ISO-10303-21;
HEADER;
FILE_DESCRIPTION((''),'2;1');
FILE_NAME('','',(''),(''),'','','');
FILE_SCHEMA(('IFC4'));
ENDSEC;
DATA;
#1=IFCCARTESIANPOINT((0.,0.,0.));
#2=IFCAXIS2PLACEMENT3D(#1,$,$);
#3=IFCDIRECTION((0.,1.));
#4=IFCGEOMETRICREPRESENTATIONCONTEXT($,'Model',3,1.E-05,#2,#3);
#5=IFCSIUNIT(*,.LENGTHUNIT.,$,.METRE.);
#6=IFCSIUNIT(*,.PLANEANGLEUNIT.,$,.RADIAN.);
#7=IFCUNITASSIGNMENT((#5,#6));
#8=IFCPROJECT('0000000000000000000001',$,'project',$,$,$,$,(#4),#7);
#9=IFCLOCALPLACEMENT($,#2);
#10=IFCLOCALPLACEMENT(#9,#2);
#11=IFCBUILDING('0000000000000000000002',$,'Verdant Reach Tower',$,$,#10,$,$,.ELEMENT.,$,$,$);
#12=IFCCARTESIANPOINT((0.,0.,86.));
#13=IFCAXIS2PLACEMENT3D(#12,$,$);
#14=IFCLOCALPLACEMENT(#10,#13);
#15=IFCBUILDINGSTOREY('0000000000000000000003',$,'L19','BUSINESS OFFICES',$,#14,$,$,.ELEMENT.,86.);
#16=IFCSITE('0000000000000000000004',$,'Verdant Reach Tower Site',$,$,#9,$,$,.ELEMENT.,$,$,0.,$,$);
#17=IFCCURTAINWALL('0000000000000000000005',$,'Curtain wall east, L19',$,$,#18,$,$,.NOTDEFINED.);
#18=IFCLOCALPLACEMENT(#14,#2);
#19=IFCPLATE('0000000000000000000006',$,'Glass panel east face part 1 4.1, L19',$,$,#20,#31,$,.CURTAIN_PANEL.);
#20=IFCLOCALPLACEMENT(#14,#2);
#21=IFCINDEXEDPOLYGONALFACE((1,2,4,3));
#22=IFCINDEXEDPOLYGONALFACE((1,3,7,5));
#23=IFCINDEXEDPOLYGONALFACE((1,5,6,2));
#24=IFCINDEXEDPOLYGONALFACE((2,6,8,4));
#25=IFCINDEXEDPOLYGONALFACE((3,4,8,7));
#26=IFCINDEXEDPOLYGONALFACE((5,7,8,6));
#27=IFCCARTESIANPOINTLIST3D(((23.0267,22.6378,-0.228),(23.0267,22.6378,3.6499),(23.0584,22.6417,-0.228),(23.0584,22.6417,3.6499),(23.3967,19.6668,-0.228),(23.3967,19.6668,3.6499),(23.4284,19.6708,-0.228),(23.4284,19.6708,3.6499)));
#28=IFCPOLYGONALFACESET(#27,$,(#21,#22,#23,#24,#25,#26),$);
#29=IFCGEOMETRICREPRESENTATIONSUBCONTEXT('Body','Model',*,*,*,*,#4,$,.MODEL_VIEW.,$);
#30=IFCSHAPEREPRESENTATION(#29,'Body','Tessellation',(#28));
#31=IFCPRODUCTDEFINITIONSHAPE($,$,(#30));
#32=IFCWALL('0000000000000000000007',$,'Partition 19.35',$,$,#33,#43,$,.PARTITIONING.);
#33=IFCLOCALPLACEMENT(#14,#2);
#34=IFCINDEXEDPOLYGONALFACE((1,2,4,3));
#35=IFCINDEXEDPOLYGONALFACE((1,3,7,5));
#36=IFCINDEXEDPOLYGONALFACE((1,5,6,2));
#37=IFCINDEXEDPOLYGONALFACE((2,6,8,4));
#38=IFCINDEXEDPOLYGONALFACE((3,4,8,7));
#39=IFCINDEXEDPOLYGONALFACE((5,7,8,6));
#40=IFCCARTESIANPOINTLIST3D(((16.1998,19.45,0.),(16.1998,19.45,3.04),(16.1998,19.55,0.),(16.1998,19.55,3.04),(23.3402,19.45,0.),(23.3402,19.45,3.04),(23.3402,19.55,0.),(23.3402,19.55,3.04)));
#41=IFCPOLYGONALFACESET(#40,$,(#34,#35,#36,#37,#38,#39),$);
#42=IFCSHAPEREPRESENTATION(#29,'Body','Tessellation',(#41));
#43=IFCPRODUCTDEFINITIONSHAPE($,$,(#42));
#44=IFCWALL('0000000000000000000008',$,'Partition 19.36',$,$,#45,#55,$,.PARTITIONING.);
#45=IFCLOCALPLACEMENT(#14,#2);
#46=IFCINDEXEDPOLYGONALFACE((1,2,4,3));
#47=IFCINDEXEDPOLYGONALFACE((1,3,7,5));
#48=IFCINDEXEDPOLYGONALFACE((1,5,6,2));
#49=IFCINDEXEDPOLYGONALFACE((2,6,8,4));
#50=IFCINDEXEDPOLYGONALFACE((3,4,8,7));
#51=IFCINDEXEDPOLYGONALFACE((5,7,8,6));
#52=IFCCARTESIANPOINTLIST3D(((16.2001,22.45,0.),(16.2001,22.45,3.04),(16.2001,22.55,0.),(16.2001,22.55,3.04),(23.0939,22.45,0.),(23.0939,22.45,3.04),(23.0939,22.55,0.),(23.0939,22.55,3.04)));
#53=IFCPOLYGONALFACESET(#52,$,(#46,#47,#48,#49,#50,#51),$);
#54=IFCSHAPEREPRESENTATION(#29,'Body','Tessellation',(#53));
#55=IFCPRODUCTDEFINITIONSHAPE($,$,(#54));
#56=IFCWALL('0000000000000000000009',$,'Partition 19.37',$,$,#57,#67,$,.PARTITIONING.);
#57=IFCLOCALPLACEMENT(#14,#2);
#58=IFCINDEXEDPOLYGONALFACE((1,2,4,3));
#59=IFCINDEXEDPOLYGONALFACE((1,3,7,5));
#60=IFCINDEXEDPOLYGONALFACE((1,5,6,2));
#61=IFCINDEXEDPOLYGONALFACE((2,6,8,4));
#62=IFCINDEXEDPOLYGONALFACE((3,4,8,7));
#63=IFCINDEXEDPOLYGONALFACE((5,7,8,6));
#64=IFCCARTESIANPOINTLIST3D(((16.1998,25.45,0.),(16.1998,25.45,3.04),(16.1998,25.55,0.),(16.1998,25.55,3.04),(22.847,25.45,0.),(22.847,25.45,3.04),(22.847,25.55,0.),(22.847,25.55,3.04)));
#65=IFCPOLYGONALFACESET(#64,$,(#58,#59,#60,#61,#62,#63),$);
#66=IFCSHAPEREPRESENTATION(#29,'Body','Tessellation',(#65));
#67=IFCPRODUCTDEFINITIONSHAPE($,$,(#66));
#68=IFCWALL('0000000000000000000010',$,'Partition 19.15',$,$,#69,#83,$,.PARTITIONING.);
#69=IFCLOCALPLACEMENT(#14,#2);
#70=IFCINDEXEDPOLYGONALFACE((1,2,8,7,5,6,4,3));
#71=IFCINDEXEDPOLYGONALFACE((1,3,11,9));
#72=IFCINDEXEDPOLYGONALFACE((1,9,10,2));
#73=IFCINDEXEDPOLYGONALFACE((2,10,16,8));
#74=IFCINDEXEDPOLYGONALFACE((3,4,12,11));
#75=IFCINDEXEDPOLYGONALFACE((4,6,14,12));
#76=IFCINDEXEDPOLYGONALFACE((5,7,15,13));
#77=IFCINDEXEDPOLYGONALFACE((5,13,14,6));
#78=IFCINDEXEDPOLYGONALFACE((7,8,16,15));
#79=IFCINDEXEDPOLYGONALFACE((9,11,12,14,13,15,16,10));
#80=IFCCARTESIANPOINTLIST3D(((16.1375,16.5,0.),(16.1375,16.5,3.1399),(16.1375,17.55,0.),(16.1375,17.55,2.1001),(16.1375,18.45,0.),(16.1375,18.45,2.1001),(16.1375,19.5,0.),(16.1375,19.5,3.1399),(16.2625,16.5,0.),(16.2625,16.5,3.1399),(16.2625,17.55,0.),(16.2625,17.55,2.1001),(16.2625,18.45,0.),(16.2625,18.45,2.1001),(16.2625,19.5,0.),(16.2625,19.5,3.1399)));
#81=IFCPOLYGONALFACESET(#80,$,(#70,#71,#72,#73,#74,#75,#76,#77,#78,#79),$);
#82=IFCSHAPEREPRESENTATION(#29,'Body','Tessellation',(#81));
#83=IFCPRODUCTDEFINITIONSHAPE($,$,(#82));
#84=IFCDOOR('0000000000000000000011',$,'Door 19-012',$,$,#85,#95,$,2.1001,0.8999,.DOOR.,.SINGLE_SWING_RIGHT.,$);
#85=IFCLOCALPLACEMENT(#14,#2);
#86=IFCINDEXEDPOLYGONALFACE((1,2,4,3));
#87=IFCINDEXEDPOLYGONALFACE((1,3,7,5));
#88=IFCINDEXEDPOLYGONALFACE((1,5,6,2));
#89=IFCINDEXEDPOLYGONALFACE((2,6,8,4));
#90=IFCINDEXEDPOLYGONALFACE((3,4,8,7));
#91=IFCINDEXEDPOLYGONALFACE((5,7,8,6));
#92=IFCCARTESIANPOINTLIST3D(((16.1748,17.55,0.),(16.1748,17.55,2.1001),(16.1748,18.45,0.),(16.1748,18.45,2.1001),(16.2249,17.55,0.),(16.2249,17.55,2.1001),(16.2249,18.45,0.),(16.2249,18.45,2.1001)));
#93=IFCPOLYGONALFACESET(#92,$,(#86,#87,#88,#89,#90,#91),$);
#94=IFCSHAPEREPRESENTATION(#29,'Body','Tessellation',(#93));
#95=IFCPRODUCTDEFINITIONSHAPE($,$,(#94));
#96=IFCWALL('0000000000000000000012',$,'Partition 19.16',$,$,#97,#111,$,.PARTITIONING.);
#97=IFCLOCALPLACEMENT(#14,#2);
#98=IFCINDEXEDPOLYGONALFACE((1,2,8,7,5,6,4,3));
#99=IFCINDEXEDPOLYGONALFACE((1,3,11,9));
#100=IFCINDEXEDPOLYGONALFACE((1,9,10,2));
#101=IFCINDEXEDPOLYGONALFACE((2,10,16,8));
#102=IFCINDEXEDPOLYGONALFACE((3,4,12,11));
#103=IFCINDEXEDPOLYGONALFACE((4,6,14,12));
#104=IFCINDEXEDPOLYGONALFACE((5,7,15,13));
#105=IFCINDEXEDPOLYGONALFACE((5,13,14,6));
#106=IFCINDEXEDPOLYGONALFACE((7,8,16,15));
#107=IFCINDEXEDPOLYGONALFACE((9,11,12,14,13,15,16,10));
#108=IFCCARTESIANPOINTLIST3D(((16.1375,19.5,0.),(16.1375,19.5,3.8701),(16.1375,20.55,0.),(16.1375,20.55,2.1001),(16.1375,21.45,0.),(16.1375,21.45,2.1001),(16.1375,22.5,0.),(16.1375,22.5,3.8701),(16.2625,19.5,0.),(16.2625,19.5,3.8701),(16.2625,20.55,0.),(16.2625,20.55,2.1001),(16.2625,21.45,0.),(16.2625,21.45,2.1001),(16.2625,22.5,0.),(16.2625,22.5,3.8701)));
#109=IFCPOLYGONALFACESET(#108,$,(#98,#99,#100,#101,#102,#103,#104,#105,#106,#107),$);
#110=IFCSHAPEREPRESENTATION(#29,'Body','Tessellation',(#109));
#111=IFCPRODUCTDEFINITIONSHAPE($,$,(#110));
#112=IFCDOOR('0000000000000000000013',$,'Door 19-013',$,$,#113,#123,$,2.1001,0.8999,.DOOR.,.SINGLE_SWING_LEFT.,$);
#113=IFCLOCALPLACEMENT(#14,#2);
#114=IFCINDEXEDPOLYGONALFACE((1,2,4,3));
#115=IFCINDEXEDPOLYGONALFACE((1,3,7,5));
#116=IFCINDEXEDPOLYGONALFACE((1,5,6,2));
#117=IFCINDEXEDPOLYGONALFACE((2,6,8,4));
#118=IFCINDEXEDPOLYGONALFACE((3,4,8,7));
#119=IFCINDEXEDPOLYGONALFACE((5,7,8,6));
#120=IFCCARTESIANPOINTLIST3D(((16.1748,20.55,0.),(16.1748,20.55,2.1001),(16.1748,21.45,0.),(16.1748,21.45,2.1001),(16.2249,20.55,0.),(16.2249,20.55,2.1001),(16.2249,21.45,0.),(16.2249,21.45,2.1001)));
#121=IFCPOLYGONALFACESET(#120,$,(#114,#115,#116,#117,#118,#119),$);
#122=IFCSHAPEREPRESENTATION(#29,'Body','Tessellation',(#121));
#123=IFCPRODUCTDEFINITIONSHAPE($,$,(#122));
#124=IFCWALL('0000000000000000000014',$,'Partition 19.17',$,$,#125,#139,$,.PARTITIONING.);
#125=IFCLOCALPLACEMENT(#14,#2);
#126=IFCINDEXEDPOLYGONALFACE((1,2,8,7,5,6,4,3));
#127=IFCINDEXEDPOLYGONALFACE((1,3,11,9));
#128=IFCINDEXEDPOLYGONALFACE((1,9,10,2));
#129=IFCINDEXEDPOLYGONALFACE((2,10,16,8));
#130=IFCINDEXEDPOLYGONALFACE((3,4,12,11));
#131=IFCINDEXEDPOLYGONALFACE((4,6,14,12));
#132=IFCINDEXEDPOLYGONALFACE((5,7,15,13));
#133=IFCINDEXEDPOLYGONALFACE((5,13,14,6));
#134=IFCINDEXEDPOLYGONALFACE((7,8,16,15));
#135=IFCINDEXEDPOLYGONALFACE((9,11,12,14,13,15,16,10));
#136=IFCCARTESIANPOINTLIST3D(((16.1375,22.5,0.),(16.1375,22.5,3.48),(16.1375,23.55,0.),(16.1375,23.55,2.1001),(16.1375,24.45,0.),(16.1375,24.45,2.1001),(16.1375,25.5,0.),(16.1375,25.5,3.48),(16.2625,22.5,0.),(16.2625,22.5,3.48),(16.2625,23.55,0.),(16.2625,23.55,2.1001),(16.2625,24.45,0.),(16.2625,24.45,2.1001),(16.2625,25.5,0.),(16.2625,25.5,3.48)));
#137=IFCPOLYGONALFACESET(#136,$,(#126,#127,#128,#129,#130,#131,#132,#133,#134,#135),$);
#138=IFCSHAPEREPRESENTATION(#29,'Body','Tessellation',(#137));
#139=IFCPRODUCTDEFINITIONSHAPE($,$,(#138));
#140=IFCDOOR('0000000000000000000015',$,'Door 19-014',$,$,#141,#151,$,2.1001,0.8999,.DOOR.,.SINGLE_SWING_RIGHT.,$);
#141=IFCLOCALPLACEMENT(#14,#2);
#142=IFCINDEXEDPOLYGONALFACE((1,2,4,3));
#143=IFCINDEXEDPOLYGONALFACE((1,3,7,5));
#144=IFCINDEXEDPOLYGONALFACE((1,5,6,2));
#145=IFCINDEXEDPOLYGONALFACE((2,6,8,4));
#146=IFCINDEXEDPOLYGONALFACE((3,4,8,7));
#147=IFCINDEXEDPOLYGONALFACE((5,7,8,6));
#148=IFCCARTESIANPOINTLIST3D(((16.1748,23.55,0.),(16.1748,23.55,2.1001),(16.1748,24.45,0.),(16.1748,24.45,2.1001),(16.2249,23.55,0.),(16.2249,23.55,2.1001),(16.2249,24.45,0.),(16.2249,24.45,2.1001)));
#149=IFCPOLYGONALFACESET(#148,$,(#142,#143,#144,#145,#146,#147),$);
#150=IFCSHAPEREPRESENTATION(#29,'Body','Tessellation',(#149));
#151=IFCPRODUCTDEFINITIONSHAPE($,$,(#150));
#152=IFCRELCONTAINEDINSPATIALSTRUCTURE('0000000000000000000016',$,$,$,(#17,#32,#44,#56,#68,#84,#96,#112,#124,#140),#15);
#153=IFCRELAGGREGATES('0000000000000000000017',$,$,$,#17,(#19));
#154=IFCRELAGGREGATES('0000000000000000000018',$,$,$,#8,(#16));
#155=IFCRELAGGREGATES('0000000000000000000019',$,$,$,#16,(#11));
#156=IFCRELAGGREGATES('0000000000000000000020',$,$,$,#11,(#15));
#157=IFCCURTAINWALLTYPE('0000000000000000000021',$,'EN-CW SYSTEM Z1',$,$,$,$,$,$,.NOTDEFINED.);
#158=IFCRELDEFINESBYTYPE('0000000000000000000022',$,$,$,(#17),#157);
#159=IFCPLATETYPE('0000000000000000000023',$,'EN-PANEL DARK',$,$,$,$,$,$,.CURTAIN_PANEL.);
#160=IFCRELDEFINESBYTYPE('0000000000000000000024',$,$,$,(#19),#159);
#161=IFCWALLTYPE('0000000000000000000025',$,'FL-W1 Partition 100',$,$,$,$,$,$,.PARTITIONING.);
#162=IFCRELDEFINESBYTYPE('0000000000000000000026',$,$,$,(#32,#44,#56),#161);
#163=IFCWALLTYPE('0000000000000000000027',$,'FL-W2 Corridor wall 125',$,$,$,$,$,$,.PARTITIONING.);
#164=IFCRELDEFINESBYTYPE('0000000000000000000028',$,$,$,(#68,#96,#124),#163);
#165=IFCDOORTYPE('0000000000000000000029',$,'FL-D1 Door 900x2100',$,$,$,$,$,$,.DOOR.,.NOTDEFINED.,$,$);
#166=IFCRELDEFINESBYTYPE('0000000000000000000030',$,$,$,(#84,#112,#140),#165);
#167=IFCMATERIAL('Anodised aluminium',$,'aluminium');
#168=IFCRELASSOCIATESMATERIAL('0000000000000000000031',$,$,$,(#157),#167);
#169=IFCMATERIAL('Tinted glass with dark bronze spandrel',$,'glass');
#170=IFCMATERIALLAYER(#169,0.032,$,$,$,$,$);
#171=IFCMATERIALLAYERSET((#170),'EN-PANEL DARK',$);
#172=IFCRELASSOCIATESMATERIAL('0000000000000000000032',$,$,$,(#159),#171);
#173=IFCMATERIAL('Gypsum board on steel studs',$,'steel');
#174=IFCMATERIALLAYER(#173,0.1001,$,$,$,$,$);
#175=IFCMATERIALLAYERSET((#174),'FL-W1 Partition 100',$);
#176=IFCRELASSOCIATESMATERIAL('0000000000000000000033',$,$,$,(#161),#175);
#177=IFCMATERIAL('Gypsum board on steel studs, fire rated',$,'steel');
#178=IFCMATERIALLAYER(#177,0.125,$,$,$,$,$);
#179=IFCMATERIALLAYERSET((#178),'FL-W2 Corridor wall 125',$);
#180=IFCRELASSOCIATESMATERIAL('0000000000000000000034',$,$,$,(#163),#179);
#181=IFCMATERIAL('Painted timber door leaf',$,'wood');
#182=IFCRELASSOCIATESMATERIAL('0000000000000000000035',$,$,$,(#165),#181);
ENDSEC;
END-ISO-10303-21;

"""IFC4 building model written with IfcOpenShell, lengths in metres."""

from ifc_helpers import new_model, si_unit, direction, frame, frame_2d, origin, origin_2d, place, context, subcontext, project, spatial, rectangle, extrude, material, layer, layer_set, type_object, element, fill, aggregate, save


model = new_model("IFC4")

# Units and contexts
model_context = context("Model", 3, precision=1e-05, world=origin(), true_north=direction((0.0, 1.0)))
body_context = subcontext(model_context, "Body", "Model", "MODEL_VIEW")
ifc_project = project(units=[si_unit("LENGTHUNIT", "METRE"), si_unit("PLANEANGLEUNIT", "RADIAN")], contexts=[model_context])

# Site, building, storey
site_placement = place(None, origin())
site = spatial("IfcSite", under=ifc_project, at=site_placement, Name="Verdant Reach Tower Site", CompositionType="ELEMENT", RefElevation=0.0)
building_placement = place(site_placement, origin())
building = spatial("IfcBuilding", under=site, at=building_placement, Name="Verdant Reach Tower", CompositionType="ELEMENT")
storey_placement = place(building_placement, frame((0.0, 0.0, 86.0)))
storey = spatial("IfcBuildingStorey", under=building, at=storey_placement, Name="L19", Description="BUSINESS OFFICES", CompositionType="ELEMENT", Elevation=86.0)

# Curtain wall, plate
ifc_material_1 = material(Name="Anodised aluminium", Category="aluminium")
curtain_wall_type = type_object("IfcCurtainWallType", Name="EN-CW SYSTEM Z1", PredefinedType="NOTDEFINED", material=ifc_material_1)
curtain_wall_placement = place(storey_placement, origin())
curtain_wall = element("IfcCurtainWall", 1, at=curtain_wall_placement, inside=storey, type_object=curtain_wall_type, Name="Curtain wall east, L19", PredefinedType="NOTDEFINED")
ifc_material_2 = material(Name="Tinted glass with dark bronze spandrel", Category="glass")
ifc_layer_1 = layer(ifc_material_2, 0.032)
ifc_layer_set_1 = layer_set([ifc_layer_1], Name="EN-PANEL DARK")
plate_type_1 = type_object("IfcPlateType", Name="EN-PANEL DARK", PredefinedType="CURTAIN_PANEL", material=ifc_layer_set_1)
plate_1_placement = place(storey_placement, frame((23.2275, 21.1543, -0.228), z_axis=(0.0, 0.0, 1.0), x_axis=(-0.123579, 0.992335, 0.0)))
plate_1 = element("IfcPlate", 2, at=plate_1_placement, type_object=plate_type_1, Name="Glass panel east face part 1 4.1, L19", PredefinedType="CURTAIN_PANEL", context=body_context, shape_type="SweptSolid", body=[
    extrude(rectangle(XDim=2.9939, YDim=0.032, at=origin_2d()), origin(), (0.0, 0.0, 1.0), 3.8779),
])
aggregate(curtain_wall, [plate_1])

# Walls
ifc_material_3 = material(Name="Gypsum board on steel studs", Category="steel")
ifc_layer_2 = layer(ifc_material_3, 0.1001)
ifc_layer_set_2 = layer_set([ifc_layer_2], Name="FL-W1 Partition 100")
wall_type_1 = type_object("IfcWallType", Name="FL-W1 Partition 100", PredefinedType="PARTITIONING", material=ifc_layer_set_2)
wall_1_placement = place(storey_placement, frame((23.3403, 19.5, 0.0), z_axis=(0.0, 0.0, 1.0), x_axis=(-1.0, 0.0, 0.0)))
element("IfcWall", 3, at=wall_1_placement, inside=storey, type_object=wall_type_1, Name="Partition 19.35", PredefinedType="PARTITIONING", context=body_context, shape_type="SweptSolid", body=[
    extrude(rectangle(XDim=7.1404, YDim=0.1001, at=frame_2d((3.5703, 0.0))), origin(), (0.0, 0.0, 1.0), 3.04),
])
wall_2_placement = place(storey_placement, frame((23.0938, 22.5, 0.0), z_axis=(0.0, 0.0, 1.0), x_axis=(-1.0, 0.0, 0.0)))
element("IfcWall", 4, at=wall_2_placement, inside=storey, type_object=wall_type_1, Name="Partition 19.36", PredefinedType="PARTITIONING", context=body_context, shape_type="SweptSolid", body=[
    extrude(rectangle(XDim=6.8938, YDim=0.1001, at=frame_2d((3.4468, 0.0))), origin(), (0.0, 0.0, 1.0), 3.04),
])
wall_3_placement = place(storey_placement, frame((22.8472, 25.5, 0.0), z_axis=(0.0, 0.0, 1.0), x_axis=(-1.0, 0.0, 0.0)))
element("IfcWall", 5, at=wall_3_placement, inside=storey, type_object=wall_type_1, Name="Partition 19.37", PredefinedType="PARTITIONING", context=body_context, shape_type="SweptSolid", body=[
    extrude(rectangle(XDim=6.6472, YDim=0.1001, at=frame_2d((3.3237, 0.0))), origin(), (0.0, 0.0, 1.0), 3.04),
])

# Walls, openings, doors
ifc_material_4 = material(Name="Gypsum board on steel studs, fire rated", Category="steel")
ifc_layer_3 = layer(ifc_material_4, 0.125)
ifc_layer_set_3 = layer_set([ifc_layer_3], Name="FL-W2 Corridor wall 125")
wall_type_2 = type_object("IfcWallType", Name="FL-W2 Corridor wall 125", PredefinedType="PARTITIONING", material=ifc_layer_set_3)
wall_4_placement = place(storey_placement, frame((16.2, 19.5, 0.0), z_axis=(0.0, 0.0, 1.0), x_axis=(0.0, -1.0, 0.0)))
wall_4 = element("IfcWall", 6, at=wall_4_placement, inside=storey, type_object=wall_type_2, Name="Partition 19.15", PredefinedType="PARTITIONING", context=body_context, shape_type="SweptSolid", body=[
    extrude(rectangle(XDim=3.0, YDim=0.125, at=frame_2d((1.5, 0.0))), origin(), (0.0, 0.0, 1.0), 3.1399),
])
opening_1_placement = place(wall_4_placement, frame((1.05, 0.0, 0.0)))
opening_1 = element("IfcOpeningElement", 7, at=opening_1_placement, cuts=wall_4, PredefinedType="OPENING", context=body_context, shape_type="SweptSolid", body=[
    extrude(rectangle(XDim=0.8999, YDim=2.1001, at=frame_2d((0.45, 1.05))), frame((0.0, 0.0725, 0.0), z_axis=(0.0, -1.0, 0.0), x_axis=(1.0, 0.0, 0.0)), (0.0, 0.0, 1.0), 0.145),
])
ifc_material_5 = material(Name="Painted timber door leaf", Category="wood")
door_type = type_object("IfcDoorType", Name="FL-D1 Door 900x2100", OperationType="NOTDEFINED", PredefinedType="DOOR", material=ifc_material_5)
door_1_placement = place(opening_1_placement, origin())
door_1 = element("IfcDoor", 8, at=door_1_placement, inside=storey, type_object=door_type, Name="Door 19-012", OperationType="SINGLE_SWING_RIGHT", OverallHeight=2.1001, OverallWidth=0.8999, PredefinedType="DOOR", context=body_context, shape_type="SweptSolid", body=[
    extrude(rectangle(XDim=0.8999, YDim=2.1001, at=frame_2d((0.45, 1.05))), frame((0.0, 0.0249, 0.0), z_axis=(0.0, -1.0, 0.0), x_axis=(1.0, 0.0, 0.0)), (0.0, 0.0, 1.0), 0.05),
])
fill(opening_1, door_1)
wall_5_placement = place(storey_placement, frame((16.2, 22.5, 0.0), z_axis=(0.0, 0.0, 1.0), x_axis=(0.0, -1.0, 0.0)))
wall_5 = element("IfcWall", 9, at=wall_5_placement, inside=storey, type_object=wall_type_2, Name="Partition 19.16", PredefinedType="PARTITIONING", context=body_context, shape_type="SweptSolid", body=[
    extrude(rectangle(XDim=3.0, YDim=0.125, at=frame_2d((1.5, 0.0))), origin(), (0.0, 0.0, 1.0), 3.8701),
])
opening_2_placement = place(wall_5_placement, frame((1.05, 0.0, 0.0)))
opening_2 = element("IfcOpeningElement", 10, at=opening_2_placement, cuts=wall_5, PredefinedType="OPENING", context=body_context, shape_type="SweptSolid", body=[
    extrude(rectangle(XDim=0.8999, YDim=2.1001, at=frame_2d((0.45, 1.05))), frame((0.0, 0.0725, 0.0), z_axis=(0.0, -1.0, 0.0), x_axis=(1.0, 0.0, 0.0)), (0.0, 0.0, 1.0), 0.145),
])
door_2_placement = place(opening_2_placement, origin())
door_2 = element("IfcDoor", 11, at=door_2_placement, inside=storey, type_object=door_type, Name="Door 19-013", OperationType="SINGLE_SWING_LEFT", OverallHeight=2.1001, OverallWidth=0.8999, PredefinedType="DOOR", context=body_context, shape_type="SweptSolid", body=[
    extrude(rectangle(XDim=0.8999, YDim=2.1001, at=frame_2d((0.45, 1.05))), frame((0.0, 0.0249, 0.0), z_axis=(0.0, -1.0, 0.0), x_axis=(1.0, 0.0, 0.0)), (0.0, 0.0, 1.0), 0.05),
])
fill(opening_2, door_2)
wall_6_placement = place(storey_placement, frame((16.2, 25.5, 0.0), z_axis=(0.0, 0.0, 1.0), x_axis=(0.0, -1.0, 0.0)))
wall_6 = element("IfcWall", 12, at=wall_6_placement, inside=storey, type_object=wall_type_2, Name="Partition 19.17", PredefinedType="PARTITIONING", context=body_context, shape_type="SweptSolid", body=[
    extrude(rectangle(XDim=3.0, YDim=0.125, at=frame_2d((1.5, 0.0))), origin(), (0.0, 0.0, 1.0), 3.48),
])
opening_3_placement = place(wall_6_placement, frame((1.05, 0.0, 0.0)))
opening_3 = element("IfcOpeningElement", 13, at=opening_3_placement, cuts=wall_6, PredefinedType="OPENING", context=body_context, shape_type="SweptSolid", body=[
    extrude(rectangle(XDim=0.8999, YDim=2.1001, at=frame_2d((0.45, 1.05))), frame((0.0, 0.0725, 0.0), z_axis=(0.0, -1.0, 0.0), x_axis=(1.0, 0.0, 0.0)), (0.0, 0.0, 1.0), 0.145),
])
door_3_placement = place(opening_3_placement, origin())
door_3 = element("IfcDoor", 14, at=door_3_placement, inside=storey, type_object=door_type, Name="Door 19-014", OperationType="SINGLE_SWING_RIGHT", OverallHeight=2.1001, OverallWidth=0.8999, PredefinedType="DOOR", context=body_context, shape_type="SweptSolid", body=[
    extrude(rectangle(XDim=0.8999, YDim=2.1001, at=frame_2d((0.45, 1.05))), frame((0.0, 0.0249, 0.0), z_axis=(0.0, -1.0, 0.0), x_axis=(1.0, 0.0, 0.0)), (0.0, 0.0, 1.0), 0.05),
])
fill(opening_3, door_3)

save(model, "model.ifc")
